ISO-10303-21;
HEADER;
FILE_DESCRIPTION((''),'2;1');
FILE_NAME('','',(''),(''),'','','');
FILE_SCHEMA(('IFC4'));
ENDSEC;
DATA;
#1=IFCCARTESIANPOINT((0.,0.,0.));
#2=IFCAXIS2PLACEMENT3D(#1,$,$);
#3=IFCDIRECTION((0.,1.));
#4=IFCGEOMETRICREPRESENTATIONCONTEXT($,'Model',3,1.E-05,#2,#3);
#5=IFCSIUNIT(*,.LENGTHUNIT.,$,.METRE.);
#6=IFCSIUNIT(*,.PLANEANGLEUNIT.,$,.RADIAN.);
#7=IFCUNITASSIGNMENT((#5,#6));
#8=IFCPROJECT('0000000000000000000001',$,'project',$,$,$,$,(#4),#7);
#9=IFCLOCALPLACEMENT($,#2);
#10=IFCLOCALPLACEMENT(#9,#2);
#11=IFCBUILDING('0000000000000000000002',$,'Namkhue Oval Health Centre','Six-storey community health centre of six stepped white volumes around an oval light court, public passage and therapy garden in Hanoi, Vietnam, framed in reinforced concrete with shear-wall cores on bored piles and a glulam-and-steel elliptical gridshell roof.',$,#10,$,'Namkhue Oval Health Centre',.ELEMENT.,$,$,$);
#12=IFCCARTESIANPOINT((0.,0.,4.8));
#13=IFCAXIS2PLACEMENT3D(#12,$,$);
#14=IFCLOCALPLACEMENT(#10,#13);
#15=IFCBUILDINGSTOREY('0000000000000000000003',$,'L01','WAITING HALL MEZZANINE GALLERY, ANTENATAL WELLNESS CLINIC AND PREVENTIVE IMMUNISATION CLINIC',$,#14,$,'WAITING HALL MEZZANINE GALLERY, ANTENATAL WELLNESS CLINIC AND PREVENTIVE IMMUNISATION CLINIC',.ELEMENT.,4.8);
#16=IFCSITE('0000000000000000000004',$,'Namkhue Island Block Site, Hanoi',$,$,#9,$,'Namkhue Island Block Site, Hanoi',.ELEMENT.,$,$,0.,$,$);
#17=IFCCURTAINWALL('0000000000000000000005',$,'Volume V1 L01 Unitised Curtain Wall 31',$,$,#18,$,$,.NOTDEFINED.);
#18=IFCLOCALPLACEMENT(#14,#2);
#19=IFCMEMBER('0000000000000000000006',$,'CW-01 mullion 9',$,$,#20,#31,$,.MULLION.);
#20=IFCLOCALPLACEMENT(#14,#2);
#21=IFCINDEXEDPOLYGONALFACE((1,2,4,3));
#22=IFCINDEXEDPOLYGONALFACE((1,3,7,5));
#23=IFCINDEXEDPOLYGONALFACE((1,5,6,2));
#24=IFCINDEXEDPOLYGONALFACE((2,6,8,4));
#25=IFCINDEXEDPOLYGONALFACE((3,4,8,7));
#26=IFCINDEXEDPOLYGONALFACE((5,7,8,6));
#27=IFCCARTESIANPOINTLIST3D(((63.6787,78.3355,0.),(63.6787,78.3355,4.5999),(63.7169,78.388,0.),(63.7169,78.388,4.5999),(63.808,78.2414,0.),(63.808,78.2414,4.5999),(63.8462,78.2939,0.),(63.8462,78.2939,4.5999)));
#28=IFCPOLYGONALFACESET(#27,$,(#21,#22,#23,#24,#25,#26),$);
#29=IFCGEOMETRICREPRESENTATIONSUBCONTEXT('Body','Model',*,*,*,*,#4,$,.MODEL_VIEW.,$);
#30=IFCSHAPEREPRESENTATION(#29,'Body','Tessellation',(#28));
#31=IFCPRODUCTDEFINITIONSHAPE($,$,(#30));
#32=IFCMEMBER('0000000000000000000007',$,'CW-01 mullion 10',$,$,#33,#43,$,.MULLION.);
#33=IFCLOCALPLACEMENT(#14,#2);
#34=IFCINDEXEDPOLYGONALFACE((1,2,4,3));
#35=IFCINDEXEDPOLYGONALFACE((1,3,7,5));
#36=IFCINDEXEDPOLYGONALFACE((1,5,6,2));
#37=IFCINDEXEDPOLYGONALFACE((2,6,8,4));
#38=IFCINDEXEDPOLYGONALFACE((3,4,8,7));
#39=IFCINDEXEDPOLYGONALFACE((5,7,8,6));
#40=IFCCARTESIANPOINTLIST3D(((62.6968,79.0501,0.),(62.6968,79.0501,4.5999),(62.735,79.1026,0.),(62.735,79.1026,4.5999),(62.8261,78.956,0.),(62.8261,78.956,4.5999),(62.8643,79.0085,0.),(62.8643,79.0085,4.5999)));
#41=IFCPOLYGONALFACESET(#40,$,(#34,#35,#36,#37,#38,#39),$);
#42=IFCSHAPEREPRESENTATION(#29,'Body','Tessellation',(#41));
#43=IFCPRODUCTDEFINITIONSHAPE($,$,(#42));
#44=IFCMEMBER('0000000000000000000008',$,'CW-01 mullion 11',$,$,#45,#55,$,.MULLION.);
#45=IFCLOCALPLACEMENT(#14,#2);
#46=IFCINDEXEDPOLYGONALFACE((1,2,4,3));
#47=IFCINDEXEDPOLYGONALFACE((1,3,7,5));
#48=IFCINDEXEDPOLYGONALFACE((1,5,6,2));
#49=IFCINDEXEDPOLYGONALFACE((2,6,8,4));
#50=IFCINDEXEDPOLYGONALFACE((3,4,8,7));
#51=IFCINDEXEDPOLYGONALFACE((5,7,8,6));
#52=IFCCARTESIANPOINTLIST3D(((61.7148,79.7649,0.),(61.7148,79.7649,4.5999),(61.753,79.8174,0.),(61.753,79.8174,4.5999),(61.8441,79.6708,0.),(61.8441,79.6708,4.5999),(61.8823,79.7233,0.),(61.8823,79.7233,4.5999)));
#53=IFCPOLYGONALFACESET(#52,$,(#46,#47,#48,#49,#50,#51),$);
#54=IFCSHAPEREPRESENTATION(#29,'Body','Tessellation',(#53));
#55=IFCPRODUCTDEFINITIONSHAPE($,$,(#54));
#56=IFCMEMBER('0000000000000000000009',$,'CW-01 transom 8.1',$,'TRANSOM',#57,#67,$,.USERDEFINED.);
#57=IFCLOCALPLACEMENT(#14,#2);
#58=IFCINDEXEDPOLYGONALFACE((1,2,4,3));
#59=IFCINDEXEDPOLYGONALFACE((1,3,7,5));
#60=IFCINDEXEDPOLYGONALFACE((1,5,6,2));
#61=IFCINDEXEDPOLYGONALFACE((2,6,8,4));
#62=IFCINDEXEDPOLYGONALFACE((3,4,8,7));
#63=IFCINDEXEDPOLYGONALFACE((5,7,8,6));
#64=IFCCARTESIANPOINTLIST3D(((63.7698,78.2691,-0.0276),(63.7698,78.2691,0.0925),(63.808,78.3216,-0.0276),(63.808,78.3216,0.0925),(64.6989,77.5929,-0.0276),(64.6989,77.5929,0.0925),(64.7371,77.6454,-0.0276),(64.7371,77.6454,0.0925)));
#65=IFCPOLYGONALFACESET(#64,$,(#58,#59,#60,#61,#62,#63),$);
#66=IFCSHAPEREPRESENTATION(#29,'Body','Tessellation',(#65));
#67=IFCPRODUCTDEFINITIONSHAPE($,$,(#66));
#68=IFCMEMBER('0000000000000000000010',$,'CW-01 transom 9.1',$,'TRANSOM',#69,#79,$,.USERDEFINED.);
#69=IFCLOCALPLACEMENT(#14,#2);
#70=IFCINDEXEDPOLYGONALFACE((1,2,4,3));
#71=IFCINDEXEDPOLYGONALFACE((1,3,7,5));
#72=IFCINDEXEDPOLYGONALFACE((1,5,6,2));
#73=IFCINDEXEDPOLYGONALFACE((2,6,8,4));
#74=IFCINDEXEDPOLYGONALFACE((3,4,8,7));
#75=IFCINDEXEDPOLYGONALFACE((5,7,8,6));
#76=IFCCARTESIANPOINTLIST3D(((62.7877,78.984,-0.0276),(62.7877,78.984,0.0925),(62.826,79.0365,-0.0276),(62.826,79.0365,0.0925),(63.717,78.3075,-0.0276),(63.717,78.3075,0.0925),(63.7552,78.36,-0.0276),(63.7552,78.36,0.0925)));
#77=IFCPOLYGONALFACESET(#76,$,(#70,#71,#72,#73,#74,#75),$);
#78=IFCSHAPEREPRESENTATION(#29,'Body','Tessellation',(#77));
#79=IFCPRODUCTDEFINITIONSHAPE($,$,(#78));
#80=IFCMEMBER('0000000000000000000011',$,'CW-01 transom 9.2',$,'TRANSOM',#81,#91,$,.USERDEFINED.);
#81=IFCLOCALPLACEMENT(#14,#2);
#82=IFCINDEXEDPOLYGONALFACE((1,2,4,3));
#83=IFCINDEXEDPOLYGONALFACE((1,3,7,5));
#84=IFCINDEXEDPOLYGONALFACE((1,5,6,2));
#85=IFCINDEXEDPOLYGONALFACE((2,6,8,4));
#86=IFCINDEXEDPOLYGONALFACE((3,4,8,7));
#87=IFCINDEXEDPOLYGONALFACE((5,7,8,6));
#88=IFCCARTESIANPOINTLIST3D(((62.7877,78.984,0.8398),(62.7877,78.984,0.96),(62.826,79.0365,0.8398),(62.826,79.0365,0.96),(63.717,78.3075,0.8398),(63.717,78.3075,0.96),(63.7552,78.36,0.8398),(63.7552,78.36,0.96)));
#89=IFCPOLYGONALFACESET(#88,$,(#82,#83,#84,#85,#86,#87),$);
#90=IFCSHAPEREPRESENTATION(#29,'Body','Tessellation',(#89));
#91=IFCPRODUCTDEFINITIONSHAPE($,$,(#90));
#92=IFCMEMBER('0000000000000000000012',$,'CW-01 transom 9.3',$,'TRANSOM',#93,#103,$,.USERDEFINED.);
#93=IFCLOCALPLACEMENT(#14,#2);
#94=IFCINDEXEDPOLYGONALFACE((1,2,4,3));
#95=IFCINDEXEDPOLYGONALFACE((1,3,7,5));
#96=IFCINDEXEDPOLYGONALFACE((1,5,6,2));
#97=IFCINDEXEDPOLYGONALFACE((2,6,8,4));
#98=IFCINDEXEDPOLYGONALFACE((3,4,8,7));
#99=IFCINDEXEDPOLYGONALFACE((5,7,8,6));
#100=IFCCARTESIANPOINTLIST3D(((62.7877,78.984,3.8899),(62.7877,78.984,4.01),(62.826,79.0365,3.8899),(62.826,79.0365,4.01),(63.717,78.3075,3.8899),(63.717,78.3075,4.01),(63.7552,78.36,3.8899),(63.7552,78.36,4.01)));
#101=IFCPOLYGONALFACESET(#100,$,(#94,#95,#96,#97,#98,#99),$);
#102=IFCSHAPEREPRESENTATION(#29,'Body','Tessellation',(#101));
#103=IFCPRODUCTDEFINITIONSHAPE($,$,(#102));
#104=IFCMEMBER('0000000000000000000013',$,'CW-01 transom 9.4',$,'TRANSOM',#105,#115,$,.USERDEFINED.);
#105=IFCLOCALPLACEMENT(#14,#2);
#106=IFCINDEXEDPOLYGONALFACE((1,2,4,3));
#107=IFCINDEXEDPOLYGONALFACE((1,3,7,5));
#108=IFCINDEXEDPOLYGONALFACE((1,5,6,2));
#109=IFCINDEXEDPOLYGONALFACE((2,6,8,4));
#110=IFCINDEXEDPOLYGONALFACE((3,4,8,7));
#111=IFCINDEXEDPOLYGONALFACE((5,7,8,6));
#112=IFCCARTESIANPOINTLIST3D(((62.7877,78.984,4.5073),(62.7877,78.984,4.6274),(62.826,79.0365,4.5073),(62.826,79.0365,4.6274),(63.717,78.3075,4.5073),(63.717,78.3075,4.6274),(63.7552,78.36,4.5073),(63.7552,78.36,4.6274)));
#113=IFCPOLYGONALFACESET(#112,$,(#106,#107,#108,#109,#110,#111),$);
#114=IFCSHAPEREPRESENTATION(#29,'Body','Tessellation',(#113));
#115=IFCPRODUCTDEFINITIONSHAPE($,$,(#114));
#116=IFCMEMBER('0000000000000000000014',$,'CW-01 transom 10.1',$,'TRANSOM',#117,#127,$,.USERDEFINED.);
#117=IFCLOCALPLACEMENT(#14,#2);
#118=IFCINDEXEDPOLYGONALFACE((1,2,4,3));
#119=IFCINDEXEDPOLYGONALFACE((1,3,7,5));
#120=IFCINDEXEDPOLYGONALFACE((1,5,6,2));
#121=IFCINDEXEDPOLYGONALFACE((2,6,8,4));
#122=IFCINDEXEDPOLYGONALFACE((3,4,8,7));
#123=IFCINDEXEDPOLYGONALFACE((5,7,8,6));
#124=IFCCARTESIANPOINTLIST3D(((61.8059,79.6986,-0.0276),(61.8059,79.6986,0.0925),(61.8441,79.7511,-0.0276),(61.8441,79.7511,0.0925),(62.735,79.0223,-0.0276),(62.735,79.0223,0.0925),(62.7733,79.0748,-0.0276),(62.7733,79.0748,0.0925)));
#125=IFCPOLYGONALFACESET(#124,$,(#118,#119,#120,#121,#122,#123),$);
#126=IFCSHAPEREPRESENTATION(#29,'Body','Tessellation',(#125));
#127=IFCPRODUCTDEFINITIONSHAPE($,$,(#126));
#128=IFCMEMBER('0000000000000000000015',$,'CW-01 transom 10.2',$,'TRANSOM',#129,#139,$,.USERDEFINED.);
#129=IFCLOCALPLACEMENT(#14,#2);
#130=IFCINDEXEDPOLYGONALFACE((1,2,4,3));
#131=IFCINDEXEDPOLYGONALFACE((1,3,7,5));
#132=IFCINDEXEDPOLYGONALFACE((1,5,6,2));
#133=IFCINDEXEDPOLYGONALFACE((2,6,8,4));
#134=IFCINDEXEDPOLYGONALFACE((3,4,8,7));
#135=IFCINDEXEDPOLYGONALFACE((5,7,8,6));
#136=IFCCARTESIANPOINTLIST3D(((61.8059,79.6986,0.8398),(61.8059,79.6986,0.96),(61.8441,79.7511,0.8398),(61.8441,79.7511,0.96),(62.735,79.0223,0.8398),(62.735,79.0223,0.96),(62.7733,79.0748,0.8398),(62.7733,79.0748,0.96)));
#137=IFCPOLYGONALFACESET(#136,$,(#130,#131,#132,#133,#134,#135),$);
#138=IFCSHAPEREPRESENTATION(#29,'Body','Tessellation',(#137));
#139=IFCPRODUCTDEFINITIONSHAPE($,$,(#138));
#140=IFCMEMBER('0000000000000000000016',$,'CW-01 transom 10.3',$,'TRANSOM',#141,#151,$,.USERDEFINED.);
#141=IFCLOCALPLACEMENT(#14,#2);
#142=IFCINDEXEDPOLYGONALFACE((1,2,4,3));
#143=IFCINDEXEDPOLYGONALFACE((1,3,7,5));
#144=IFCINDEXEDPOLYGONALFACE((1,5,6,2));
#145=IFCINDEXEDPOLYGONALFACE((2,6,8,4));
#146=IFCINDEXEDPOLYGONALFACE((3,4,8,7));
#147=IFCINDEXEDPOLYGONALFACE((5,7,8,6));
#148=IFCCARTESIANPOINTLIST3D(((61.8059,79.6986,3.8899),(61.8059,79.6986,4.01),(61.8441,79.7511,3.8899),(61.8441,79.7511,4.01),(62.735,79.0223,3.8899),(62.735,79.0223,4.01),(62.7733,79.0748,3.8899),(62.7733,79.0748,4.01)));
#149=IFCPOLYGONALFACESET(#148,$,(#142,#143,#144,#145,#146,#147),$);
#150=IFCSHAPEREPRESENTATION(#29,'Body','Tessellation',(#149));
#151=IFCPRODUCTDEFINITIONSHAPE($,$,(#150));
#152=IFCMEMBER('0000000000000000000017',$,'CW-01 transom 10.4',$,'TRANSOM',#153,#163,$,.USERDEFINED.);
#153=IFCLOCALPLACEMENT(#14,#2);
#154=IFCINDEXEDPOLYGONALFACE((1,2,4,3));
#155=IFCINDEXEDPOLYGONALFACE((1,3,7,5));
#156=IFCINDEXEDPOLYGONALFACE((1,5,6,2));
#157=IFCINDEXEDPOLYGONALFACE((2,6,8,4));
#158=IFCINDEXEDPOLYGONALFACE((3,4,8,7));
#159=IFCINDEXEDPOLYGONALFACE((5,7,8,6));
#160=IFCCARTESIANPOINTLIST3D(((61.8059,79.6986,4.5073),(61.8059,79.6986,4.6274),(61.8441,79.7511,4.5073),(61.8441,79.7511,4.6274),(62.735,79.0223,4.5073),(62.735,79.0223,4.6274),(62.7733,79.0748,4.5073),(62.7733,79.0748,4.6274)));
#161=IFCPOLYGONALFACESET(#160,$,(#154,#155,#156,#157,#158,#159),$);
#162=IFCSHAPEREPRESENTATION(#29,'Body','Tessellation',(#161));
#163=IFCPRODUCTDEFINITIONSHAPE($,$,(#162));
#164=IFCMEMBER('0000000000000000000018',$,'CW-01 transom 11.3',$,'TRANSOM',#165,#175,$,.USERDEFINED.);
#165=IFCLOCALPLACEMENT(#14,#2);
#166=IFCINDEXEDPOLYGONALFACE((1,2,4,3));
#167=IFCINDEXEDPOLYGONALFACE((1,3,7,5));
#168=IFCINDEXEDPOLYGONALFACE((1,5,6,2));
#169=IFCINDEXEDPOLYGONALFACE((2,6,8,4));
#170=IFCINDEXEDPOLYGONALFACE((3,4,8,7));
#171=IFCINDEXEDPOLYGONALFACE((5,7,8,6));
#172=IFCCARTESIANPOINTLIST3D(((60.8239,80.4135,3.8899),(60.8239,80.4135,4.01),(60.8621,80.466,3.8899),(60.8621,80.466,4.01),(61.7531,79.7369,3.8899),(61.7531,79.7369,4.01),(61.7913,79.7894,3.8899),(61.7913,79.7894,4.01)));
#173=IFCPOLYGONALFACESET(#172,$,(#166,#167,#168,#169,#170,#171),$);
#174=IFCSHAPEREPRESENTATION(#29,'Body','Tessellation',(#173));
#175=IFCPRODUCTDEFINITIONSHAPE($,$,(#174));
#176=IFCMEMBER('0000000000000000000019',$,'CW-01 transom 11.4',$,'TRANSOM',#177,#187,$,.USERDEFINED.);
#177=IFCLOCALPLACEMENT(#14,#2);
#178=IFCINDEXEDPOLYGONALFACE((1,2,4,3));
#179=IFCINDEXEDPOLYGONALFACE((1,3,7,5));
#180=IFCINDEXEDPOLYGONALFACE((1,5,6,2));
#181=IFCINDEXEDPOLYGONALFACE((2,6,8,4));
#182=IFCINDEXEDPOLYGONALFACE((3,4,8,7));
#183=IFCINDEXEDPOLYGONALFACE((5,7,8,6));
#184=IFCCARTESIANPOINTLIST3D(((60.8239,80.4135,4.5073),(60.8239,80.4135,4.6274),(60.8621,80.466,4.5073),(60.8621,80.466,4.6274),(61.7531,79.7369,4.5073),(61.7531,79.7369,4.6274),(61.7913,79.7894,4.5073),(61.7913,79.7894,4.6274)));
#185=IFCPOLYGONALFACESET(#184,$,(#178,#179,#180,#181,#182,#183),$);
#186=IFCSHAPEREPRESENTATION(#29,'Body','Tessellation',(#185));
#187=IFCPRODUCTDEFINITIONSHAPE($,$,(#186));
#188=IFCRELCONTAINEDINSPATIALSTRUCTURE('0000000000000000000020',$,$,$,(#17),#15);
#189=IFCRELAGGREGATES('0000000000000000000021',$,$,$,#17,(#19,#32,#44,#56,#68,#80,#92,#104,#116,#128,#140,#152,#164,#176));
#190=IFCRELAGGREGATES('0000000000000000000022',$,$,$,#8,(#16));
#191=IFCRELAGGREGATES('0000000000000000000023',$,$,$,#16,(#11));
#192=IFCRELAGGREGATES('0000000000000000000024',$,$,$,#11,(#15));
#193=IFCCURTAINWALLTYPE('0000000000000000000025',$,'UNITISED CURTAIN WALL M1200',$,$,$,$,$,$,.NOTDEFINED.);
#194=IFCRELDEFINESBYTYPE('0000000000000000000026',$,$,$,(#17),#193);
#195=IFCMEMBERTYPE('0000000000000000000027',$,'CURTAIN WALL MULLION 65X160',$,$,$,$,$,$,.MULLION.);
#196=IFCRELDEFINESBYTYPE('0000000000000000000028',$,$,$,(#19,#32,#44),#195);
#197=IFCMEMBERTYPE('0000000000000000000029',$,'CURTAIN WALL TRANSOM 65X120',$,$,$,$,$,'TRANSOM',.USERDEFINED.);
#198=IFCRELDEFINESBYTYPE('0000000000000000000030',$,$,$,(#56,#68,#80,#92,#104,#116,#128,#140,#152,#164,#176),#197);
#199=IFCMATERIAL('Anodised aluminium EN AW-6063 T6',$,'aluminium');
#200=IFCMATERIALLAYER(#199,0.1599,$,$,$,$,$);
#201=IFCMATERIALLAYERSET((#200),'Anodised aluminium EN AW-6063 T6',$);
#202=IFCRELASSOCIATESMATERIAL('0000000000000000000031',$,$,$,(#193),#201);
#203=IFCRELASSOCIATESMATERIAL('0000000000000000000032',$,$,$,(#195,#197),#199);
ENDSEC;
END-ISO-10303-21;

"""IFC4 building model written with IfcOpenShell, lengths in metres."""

from ifc_helpers import new_model, si_unit, direction, frame, origin, origin_2d, place, context, subcontext, project, spatial, rectangle, extrude, material, layer, layer_set, material_profile, profile_set, type_object, element, aggregate, save


model = new_model("IFC4")

# Units and contexts
model_context = context("Model", 3, precision=1e-05, world=origin(), true_north=direction((0.0, 1.0)))
body_context = subcontext(model_context, "Body", "Model", "MODEL_VIEW")
ifc_project = project(units=[si_unit("LENGTHUNIT", "METRE"), si_unit("PLANEANGLEUNIT", "RADIAN")], contexts=[model_context])

# Site, building, storey
site_placement = place(None, origin())
site = spatial("IfcSite", under=ifc_project, at=site_placement, Name="Namkhue Island Block Site, Hanoi", LongName="Namkhue Island Block Site, Hanoi", CompositionType="ELEMENT", RefElevation=0.0)
building_placement = place(site_placement, origin())
building = spatial("IfcBuilding", under=site, at=building_placement, Name="Namkhue Oval Health Centre", Description="Six-storey community health centre of six stepped white volumes around an oval light court, public passage and therapy garden in Hanoi, Vietnam, framed in reinforced concrete with shear-wall cores on bored piles and a glulam-and-steel elliptical gridshell roof.", LongName="Namkhue Oval Health Centre", CompositionType="ELEMENT")
storey_placement = place(building_placement, frame((0.0, 0.0, 4.8)))
storey = spatial("IfcBuildingStorey", under=building, at=storey_placement, Name="L01", Description="WAITING HALL MEZZANINE GALLERY, ANTENATAL WELLNESS CLINIC AND PREVENTIVE IMMUNISATION CLINIC", LongName="WAITING HALL MEZZANINE GALLERY, ANTENATAL WELLNESS CLINIC AND PREVENTIVE IMMUNISATION CLINIC", CompositionType="ELEMENT", Elevation=4.8)

# Curtain wall, members
ifc_material_1 = material(Name="Anodised aluminium EN AW-6063 T6", Category="aluminium")
ifc_layer_1 = layer(ifc_material_1, 0.1599)
ifc_layer_set_1 = layer_set([ifc_layer_1], Name="Anodised aluminium EN AW-6063 T6")
curtain_wall_type = type_object("IfcCurtainWallType", Name="UNITISED CURTAIN WALL M1200", PredefinedType="NOTDEFINED", material=ifc_layer_set_1)
curtain_wall_placement = place(storey_placement, origin())
curtain_wall = element("IfcCurtainWall", 1, at=curtain_wall_placement, inside=storey, type_object=curtain_wall_type, Name="Volume V1 L01 Unitised Curtain Wall 31", PredefinedType="NOTDEFINED")
ifc_material_profile_1 = material_profile(ifc_material_1, rectangle(XDim=0.0649, YDim=0.1599, at=origin_2d()), Name="ALU 65x160")
ifc_profile_set_1 = profile_set([ifc_material_profile_1], Name="Anodised aluminium EN AW-6063 T6")
member_type_1 = type_object("IfcMemberType", Name="CURTAIN WALL MULLION 65X160", PredefinedType="MULLION", material=ifc_profile_set_1)
member_1_placement = place(storey_placement, frame((63.7625, 78.3147, 0.0), z_axis=(0.0, 0.0, 1.0), x_axis=(-0.588477, -0.808514, 0.0)))
member_1 = element("IfcMember", 2, at=member_1_placement, type_object=member_type_1, Name="CW-01 mullion 9", PredefinedType="MULLION", context=body_context, shape_type="SweptSolid", body=[
    extrude(rectangle(XDim=0.0649, YDim=0.1599, at=origin_2d()), origin(), (0.0, 0.0, 1.0), 4.5999),
])
member_2_placement = place(storey_placement, frame((62.7805, 79.0293, 0.0), z_axis=(0.0, 0.0, 1.0), x_axis=(-0.588477, -0.808514, 0.0)))
member_2 = element("IfcMember", 3, at=member_2_placement, type_object=member_type_1, Name="CW-01 mullion 10", PredefinedType="MULLION", context=body_context, shape_type="SweptSolid", body=[
    extrude(rectangle(XDim=0.0649, YDim=0.1599, at=origin_2d()), origin(), (0.0, 0.0, 1.0), 4.5999),
])
member_3_placement = place(storey_placement, frame((61.7986, 79.7441, 0.0), z_axis=(0.0, 0.0, 1.0), x_axis=(-0.588477, -0.808514, 0.0)))
member_3 = element("IfcMember", 4, at=member_3_placement, type_object=member_type_1, Name="CW-01 mullion 11", PredefinedType="MULLION", context=body_context, shape_type="SweptSolid", body=[
    extrude(rectangle(XDim=0.0649, YDim=0.1599, at=origin_2d()), origin(), (0.0, 0.0, 1.0), 4.5999),
])
ifc_material_profile_2 = material_profile(ifc_material_1, rectangle(XDim=0.0649, YDim=0.1201, at=origin_2d()), Name="ALU 65x120")
ifc_profile_set_2 = profile_set([ifc_material_profile_2], Name="Anodised aluminium EN AW-6063 T6")
member_type_2 = type_object("IfcMemberType", Name="CURTAIN WALL TRANSOM 65X120", ElementType="TRANSOM", PredefinedType="USERDEFINED", material=ifc_profile_set_2)
member_4_placement = place(storey_placement, frame((64.718, 77.6191, 0.0325), z_axis=(-0.808534, 0.58845, 0.0), x_axis=(-0.58845, -0.808534, 0.0)))
member_4 = element("IfcMember", 5, at=member_4_placement, type_object=member_type_2, Name="CW-01 transom 8.1", ObjectType="TRANSOM", PredefinedType="USERDEFINED", context=body_context, shape_type="SweptSolid", body=[
    extrude(rectangle(XDim=0.0649, YDim=0.1201, at=origin_2d()), origin(), (0.0, 0.0, 1.0), 1.1492),
])
member_5_placement = place(storey_placement, frame((63.7361, 78.3337, 0.0325), z_axis=(-0.808433, 0.588588, 0.0), x_axis=(-0.588588, -0.808433, 0.0)))
member_5 = element("IfcMember", 6, at=member_5_placement, type_object=member_type_2, Name="CW-01 transom 9.1", ObjectType="TRANSOM", PredefinedType="USERDEFINED", context=body_context, shape_type="SweptSolid", body=[
    extrude(rectangle(XDim=0.0649, YDim=0.1201, at=origin_2d()), origin(), (0.0, 0.0, 1.0), 1.1494),
])
member_6_placement = place(storey_placement, frame((63.7361, 78.3337, 0.8999), z_axis=(-0.808433, 0.588588, 0.0), x_axis=(-0.588588, -0.808433, 0.0)))
member_6 = element("IfcMember", 7, at=member_6_placement, type_object=member_type_2, Name="CW-01 transom 9.2", ObjectType="TRANSOM", PredefinedType="USERDEFINED", context=body_context, shape_type="SweptSolid", body=[
    extrude(rectangle(XDim=0.0649, YDim=0.1201, at=origin_2d()), origin(), (0.0, 0.0, 1.0), 1.1494),
])
member_7_placement = place(storey_placement, frame((63.7361, 78.3337, 3.95), z_axis=(-0.808433, 0.588588, 0.0), x_axis=(-0.588588, -0.808433, 0.0)))
member_7 = element("IfcMember", 8, at=member_7_placement, type_object=member_type_2, Name="CW-01 transom 9.3", ObjectType="TRANSOM", PredefinedType="USERDEFINED", context=body_context, shape_type="SweptSolid", body=[
    extrude(rectangle(XDim=0.0649, YDim=0.1201, at=origin_2d()), origin(), (0.0, 0.0, 1.0), 1.1494),
])
member_8_placement = place(storey_placement, frame((63.7361, 78.3337, 4.5674), z_axis=(-0.808433, 0.588588, 0.0), x_axis=(-0.588588, -0.808433, 0.0)))
member_8 = element("IfcMember", 9, at=member_8_placement, type_object=member_type_2, Name="CW-01 transom 9.4", ObjectType="TRANSOM", PredefinedType="USERDEFINED", context=body_context, shape_type="SweptSolid", body=[
    extrude(rectangle(XDim=0.0649, YDim=0.1201, at=origin_2d()), origin(), (0.0, 0.0, 1.0), 1.1494),
])
member_9_placement = place(storey_placement, frame((62.7542, 79.0486, 0.0325), z_axis=(-0.808534, 0.58845, 0.0), x_axis=(-0.58845, -0.808534, 0.0)))
member_9 = element("IfcMember", 10, at=member_9_placement, type_object=member_type_2, Name="CW-01 transom 10.1", ObjectType="TRANSOM", PredefinedType="USERDEFINED", context=body_context, shape_type="SweptSolid", body=[
    extrude(rectangle(XDim=0.0649, YDim=0.1201, at=origin_2d()), origin(), (0.0, 0.0, 1.0), 1.1492),
])
member_10_placement = place(storey_placement, frame((62.7542, 79.0486, 0.8999), z_axis=(-0.808534, 0.58845, 0.0), x_axis=(-0.58845, -0.808534, 0.0)))
member_10 = element("IfcMember", 11, at=member_10_placement, type_object=member_type_2, Name="CW-01 transom 10.2", ObjectType="TRANSOM", PredefinedType="USERDEFINED", context=body_context, shape_type="SweptSolid", body=[
    extrude(rectangle(XDim=0.0649, YDim=0.1201, at=origin_2d()), origin(), (0.0, 0.0, 1.0), 1.1492),
])
member_11_placement = place(storey_placement, frame((62.7542, 79.0486, 3.95), z_axis=(-0.808534, 0.58845, 0.0), x_axis=(-0.58845, -0.808534, 0.0)))
member_11 = element("IfcMember", 12, at=member_11_placement, type_object=member_type_2, Name="CW-01 transom 10.3", ObjectType="TRANSOM", PredefinedType="USERDEFINED", context=body_context, shape_type="SweptSolid", body=[
    extrude(rectangle(XDim=0.0649, YDim=0.1201, at=origin_2d()), origin(), (0.0, 0.0, 1.0), 1.1492),
])
member_12_placement = place(storey_placement, frame((62.7542, 79.0486, 4.5674), z_axis=(-0.808534, 0.58845, 0.0), x_axis=(-0.58845, -0.808534, 0.0)))
member_12 = element("IfcMember", 13, at=member_12_placement, type_object=member_type_2, Name="CW-01 transom 10.4", ObjectType="TRANSOM", PredefinedType="USERDEFINED", context=body_context, shape_type="SweptSolid", body=[
    extrude(rectangle(XDim=0.0649, YDim=0.1201, at=origin_2d()), origin(), (0.0, 0.0, 1.0), 1.1492),
])
member_13_placement = place(storey_placement, frame((61.7722, 79.7632, 3.95), z_axis=(-0.808433, 0.588588, 0.0), x_axis=(-0.588588, -0.808433, 0.0)))
member_13 = element("IfcMember", 14, at=member_13_placement, type_object=member_type_2, Name="CW-01 transom 11.3", ObjectType="TRANSOM", PredefinedType="USERDEFINED", context=body_context, shape_type="SweptSolid", body=[
    extrude(rectangle(XDim=0.0649, YDim=0.1201, at=origin_2d()), origin(), (0.0, 0.0, 1.0), 1.1494),
])
member_14_placement = place(storey_placement, frame((61.7722, 79.7632, 4.5674), z_axis=(-0.808433, 0.588588, 0.0), x_axis=(-0.588588, -0.808433, 0.0)))
member_14 = element("IfcMember", 15, at=member_14_placement, type_object=member_type_2, Name="CW-01 transom 11.4", ObjectType="TRANSOM", PredefinedType="USERDEFINED", context=body_context, shape_type="SweptSolid", body=[
    extrude(rectangle(XDim=0.0649, YDim=0.1201, at=origin_2d()), origin(), (0.0, 0.0, 1.0), 1.1494),
])
aggregate(curtain_wall, [member_1, member_2, member_3, member_4, member_5, member_6, member_7, member_8, member_9, member_10, member_11, member_12, member_13, member_14])

save(model, "model.ifc")
